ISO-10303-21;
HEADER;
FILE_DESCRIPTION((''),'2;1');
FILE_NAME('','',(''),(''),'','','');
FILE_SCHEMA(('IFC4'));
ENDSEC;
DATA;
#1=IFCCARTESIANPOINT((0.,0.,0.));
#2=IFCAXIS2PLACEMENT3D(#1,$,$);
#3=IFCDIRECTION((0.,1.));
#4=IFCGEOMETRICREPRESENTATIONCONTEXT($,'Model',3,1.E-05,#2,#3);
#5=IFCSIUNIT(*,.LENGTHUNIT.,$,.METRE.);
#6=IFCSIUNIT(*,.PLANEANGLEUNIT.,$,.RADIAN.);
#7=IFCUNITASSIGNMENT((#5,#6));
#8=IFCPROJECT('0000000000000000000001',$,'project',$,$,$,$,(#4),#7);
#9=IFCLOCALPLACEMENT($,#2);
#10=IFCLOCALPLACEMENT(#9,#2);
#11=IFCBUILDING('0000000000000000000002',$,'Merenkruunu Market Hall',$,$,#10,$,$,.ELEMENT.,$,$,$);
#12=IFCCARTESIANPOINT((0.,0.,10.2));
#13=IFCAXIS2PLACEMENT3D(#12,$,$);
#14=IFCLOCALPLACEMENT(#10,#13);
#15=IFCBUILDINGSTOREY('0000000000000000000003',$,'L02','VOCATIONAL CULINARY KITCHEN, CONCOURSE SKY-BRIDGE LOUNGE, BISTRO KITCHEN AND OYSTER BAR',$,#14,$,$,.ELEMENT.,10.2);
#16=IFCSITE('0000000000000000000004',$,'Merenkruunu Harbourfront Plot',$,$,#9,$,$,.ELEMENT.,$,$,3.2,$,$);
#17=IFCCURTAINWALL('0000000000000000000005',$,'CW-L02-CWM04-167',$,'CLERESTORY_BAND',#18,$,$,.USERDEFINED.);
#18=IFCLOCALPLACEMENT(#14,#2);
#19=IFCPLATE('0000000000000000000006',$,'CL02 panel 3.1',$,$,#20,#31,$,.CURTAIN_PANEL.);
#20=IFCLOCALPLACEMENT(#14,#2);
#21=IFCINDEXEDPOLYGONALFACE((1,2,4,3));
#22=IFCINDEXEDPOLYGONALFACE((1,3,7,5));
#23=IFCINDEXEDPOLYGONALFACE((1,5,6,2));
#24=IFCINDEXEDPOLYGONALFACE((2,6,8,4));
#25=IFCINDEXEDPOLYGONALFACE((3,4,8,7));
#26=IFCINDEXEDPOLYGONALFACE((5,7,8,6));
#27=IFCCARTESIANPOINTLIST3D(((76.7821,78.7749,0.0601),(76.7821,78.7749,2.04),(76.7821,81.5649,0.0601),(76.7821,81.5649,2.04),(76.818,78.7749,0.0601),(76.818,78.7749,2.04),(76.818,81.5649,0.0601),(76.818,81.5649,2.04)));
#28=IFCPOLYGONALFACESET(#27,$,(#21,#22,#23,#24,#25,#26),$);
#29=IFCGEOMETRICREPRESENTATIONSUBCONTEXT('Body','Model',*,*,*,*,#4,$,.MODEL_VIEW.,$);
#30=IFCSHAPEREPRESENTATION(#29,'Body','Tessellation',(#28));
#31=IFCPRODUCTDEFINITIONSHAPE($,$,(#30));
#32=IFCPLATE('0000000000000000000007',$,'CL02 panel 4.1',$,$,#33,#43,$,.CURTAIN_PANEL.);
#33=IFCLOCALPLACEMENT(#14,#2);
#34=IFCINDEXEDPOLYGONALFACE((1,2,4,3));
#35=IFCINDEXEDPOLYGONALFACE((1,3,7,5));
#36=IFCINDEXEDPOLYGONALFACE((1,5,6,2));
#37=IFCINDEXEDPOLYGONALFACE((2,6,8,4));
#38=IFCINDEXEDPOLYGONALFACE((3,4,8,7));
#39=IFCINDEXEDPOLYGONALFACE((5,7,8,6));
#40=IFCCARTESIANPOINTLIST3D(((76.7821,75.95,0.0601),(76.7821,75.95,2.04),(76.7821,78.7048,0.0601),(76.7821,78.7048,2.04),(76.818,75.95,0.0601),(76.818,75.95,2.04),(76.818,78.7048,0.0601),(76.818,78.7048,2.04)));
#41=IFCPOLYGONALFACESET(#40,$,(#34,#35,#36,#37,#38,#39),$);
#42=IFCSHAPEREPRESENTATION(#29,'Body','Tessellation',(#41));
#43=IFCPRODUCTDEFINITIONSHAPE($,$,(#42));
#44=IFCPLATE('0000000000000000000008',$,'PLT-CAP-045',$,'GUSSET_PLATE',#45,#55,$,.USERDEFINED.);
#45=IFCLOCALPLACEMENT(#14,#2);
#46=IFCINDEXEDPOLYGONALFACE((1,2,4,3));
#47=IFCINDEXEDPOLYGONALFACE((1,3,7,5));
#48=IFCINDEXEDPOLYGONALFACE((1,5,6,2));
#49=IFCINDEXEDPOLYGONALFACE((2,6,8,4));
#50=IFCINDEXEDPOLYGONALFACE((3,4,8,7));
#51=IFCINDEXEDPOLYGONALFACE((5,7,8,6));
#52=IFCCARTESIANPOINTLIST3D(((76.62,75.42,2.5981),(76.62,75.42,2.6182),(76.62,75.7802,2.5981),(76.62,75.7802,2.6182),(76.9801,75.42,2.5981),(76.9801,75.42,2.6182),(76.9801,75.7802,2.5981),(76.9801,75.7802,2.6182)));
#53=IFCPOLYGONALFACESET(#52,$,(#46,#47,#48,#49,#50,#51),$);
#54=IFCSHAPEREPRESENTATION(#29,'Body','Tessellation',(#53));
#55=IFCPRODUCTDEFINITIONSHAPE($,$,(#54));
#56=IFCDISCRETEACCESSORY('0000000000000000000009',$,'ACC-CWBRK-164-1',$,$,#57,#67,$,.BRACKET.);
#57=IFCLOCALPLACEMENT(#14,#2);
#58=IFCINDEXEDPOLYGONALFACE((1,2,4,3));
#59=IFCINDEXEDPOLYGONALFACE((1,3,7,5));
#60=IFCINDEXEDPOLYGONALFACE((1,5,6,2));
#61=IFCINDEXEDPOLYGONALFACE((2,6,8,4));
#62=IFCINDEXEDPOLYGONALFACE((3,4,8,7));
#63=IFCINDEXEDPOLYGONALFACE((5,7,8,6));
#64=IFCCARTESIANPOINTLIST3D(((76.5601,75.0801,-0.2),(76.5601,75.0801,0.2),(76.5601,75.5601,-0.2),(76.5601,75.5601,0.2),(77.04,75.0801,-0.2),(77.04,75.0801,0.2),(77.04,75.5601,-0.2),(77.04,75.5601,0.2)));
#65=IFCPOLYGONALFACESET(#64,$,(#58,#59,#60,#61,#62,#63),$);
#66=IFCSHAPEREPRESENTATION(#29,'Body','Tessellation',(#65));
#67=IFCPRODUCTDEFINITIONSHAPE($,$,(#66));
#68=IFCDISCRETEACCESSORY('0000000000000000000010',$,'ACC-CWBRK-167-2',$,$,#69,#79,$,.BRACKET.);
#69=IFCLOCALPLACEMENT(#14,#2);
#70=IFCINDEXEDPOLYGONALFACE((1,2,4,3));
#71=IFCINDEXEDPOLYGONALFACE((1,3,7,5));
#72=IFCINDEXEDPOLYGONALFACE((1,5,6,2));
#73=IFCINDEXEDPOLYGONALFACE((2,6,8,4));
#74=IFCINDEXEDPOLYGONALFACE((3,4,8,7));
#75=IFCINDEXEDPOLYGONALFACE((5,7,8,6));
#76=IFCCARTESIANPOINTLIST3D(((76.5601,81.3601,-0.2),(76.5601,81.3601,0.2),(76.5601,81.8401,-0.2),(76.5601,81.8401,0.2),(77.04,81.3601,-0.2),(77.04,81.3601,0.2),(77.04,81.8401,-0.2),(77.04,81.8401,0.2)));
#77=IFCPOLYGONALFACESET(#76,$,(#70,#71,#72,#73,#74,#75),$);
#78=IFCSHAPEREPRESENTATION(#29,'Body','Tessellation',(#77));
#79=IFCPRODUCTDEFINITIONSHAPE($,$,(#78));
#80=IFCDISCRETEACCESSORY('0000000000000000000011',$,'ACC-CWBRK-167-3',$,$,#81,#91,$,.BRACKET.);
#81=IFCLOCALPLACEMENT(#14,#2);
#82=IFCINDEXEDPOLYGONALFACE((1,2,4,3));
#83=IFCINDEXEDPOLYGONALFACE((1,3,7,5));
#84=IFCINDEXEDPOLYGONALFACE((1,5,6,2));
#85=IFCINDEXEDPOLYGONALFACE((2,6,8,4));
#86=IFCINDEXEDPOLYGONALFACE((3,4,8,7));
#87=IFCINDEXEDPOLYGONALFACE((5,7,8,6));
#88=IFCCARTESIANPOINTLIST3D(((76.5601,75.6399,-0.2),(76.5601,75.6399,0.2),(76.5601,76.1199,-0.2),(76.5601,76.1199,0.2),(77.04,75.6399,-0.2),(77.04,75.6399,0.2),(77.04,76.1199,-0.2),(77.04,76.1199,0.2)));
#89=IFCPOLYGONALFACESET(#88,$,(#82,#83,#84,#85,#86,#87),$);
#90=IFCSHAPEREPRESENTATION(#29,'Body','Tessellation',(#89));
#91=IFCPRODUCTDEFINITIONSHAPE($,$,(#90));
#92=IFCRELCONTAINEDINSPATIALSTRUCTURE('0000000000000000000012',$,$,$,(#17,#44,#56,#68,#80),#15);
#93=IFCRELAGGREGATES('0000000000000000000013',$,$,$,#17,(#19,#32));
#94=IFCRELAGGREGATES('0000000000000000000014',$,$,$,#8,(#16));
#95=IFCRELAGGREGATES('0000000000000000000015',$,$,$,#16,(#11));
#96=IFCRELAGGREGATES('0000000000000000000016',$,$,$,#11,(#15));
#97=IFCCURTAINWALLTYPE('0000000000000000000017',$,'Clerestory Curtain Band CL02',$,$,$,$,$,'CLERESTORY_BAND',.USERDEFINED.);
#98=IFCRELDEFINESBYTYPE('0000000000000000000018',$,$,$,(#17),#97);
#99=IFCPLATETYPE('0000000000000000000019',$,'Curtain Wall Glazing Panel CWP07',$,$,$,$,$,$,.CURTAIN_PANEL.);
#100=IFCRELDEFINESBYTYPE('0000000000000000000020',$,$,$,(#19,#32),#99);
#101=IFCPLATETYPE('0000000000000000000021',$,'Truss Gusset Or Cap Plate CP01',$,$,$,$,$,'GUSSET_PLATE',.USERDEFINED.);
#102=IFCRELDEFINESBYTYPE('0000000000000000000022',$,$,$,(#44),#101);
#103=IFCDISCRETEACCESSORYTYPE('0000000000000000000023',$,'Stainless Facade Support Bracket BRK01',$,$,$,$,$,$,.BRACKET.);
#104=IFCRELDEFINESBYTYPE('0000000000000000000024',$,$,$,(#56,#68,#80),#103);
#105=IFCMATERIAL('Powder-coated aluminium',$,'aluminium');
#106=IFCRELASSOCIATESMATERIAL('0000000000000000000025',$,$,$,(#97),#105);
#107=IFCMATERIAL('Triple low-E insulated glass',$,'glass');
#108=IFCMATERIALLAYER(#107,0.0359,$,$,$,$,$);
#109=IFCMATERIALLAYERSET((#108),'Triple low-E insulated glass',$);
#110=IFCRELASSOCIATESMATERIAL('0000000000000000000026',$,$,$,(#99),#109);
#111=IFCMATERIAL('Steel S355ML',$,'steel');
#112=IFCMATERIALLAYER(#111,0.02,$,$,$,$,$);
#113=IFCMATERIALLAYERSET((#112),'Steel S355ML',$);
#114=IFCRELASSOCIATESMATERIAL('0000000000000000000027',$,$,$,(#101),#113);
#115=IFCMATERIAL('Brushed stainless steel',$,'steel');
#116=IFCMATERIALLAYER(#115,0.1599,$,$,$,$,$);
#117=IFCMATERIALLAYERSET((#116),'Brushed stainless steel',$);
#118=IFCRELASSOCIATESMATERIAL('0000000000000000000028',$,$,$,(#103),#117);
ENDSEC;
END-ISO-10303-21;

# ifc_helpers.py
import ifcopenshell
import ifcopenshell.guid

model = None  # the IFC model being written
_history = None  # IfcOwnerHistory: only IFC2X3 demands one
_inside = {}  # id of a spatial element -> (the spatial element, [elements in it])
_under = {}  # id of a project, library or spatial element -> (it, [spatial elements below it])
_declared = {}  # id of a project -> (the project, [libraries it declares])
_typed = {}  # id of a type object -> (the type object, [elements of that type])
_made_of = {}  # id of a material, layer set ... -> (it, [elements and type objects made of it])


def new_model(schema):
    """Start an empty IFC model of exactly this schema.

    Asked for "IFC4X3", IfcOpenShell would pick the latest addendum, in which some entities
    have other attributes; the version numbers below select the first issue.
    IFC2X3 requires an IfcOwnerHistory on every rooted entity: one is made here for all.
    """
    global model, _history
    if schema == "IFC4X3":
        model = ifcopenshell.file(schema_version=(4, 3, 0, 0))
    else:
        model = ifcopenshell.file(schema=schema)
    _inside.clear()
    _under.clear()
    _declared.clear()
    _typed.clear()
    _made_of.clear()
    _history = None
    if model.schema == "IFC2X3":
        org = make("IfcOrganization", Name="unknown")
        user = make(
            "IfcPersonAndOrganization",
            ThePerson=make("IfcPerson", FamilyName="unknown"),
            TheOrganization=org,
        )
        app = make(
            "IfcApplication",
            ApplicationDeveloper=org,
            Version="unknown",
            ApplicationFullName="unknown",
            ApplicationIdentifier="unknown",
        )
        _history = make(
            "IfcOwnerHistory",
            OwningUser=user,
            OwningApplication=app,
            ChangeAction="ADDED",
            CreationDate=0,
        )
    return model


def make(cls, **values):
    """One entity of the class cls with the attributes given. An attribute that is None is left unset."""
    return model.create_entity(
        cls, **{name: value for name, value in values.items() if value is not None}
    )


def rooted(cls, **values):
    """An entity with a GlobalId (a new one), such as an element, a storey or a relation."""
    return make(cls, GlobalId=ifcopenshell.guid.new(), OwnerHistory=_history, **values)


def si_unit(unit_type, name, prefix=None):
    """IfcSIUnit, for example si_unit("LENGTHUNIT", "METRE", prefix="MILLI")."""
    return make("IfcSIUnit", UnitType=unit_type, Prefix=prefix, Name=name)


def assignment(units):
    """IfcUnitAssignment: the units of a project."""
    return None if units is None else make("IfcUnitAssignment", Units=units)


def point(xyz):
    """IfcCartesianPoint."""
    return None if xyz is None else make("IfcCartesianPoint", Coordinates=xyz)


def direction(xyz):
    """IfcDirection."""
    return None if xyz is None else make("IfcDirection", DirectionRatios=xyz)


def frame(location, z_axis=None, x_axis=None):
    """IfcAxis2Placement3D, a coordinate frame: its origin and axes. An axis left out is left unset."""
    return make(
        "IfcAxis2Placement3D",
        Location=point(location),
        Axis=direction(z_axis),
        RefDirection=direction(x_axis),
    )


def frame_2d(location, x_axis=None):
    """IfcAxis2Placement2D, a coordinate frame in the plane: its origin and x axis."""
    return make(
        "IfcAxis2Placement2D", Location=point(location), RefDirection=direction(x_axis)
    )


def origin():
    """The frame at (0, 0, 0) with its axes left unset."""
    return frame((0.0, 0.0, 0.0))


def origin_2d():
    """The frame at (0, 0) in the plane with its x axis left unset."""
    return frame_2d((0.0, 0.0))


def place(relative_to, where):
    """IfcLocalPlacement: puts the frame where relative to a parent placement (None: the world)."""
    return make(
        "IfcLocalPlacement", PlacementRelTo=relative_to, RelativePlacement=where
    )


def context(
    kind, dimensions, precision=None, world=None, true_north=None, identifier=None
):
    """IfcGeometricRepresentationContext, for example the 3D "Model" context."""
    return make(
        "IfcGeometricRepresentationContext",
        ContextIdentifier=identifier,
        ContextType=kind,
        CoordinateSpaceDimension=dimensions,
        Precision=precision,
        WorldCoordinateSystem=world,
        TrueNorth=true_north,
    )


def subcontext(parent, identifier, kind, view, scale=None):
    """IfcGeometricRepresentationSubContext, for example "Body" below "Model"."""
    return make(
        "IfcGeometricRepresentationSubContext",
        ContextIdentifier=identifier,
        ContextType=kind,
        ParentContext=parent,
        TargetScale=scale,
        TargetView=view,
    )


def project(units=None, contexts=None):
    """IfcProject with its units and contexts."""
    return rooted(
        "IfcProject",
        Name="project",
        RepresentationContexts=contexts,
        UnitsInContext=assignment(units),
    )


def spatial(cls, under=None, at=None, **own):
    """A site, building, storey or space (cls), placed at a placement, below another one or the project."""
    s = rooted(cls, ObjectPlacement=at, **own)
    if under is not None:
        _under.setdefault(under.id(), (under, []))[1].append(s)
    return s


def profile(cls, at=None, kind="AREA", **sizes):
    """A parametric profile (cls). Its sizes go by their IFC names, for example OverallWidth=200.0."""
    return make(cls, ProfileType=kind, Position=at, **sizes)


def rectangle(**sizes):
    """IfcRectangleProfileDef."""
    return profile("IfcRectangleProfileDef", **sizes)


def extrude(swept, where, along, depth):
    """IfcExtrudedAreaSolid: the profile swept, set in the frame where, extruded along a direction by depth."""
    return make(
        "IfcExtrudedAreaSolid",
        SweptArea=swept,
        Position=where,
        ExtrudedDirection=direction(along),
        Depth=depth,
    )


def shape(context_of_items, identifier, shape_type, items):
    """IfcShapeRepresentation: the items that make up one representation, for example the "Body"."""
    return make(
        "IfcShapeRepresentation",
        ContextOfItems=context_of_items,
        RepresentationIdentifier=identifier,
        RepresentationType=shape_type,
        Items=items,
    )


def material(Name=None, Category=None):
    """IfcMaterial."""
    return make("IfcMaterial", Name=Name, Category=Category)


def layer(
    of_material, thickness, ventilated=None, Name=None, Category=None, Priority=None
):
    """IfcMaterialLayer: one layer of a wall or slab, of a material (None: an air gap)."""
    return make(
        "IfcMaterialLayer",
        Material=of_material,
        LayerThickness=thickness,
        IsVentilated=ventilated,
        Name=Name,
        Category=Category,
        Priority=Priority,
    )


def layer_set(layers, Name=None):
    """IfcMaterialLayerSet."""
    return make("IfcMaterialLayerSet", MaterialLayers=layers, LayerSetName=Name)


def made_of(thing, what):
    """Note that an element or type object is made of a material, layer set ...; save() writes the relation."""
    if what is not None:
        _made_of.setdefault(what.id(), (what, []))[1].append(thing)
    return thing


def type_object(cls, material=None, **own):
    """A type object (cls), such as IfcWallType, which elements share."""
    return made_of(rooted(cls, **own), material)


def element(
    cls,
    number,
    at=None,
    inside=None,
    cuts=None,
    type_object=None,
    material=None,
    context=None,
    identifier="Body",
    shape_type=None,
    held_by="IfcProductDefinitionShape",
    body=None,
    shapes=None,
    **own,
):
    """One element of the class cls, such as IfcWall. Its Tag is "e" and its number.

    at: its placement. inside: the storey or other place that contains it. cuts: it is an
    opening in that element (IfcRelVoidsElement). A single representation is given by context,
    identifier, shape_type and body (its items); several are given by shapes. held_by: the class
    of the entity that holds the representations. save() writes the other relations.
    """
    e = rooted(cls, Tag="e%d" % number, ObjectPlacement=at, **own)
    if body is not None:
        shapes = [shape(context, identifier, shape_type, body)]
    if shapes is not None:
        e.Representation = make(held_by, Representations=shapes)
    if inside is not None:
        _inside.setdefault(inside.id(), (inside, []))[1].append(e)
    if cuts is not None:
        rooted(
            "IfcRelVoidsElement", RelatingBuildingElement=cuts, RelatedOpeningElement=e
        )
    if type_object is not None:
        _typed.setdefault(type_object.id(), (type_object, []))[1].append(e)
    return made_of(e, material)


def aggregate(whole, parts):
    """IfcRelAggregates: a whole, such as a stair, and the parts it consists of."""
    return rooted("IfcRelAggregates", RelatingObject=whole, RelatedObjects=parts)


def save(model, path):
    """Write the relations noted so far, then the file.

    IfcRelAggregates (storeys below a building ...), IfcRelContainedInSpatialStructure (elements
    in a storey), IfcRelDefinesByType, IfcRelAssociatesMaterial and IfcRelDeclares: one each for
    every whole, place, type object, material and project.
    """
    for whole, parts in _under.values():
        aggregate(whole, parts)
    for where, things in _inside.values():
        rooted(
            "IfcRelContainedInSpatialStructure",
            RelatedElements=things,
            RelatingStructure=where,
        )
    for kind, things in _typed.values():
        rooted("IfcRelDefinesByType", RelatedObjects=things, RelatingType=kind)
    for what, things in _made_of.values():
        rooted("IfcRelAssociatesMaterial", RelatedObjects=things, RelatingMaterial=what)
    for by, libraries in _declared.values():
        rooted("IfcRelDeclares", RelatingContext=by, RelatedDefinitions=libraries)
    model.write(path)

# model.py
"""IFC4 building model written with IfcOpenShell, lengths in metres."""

from ifc_helpers import new_model, si_unit, direction, frame, origin, origin_2d, place, context, subcontext, project, spatial, rectangle, extrude, material, layer, layer_set, type_object, element, aggregate, save


model = new_model("IFC4")

# Units and contexts
model_context = context("Model", 3, precision=1e-05, world=origin(), true_north=direction((0.0, 1.0)))
body_context = subcontext(model_context, "Body", "Model", "MODEL_VIEW")
ifc_project = project(units=[si_unit("LENGTHUNIT", "METRE"), si_unit("PLANEANGLEUNIT", "RADIAN")], contexts=[model_context])

# Site, building, storey
site_placement = place(None, origin())
site = spatial("IfcSite", under=ifc_project, at=site_placement, Name="Merenkruunu Harbourfront Plot", CompositionType="ELEMENT", RefElevation=3.2)
building_placement = place(site_placement, origin())
building = spatial("IfcBuilding", under=site, at=building_placement, Name="Merenkruunu Market Hall", CompositionType="ELEMENT")
storey_placement = place(building_placement, frame((0.0, 0.0, 10.2)))
storey = spatial("IfcBuildingStorey", under=building, at=storey_placement, Name="L02", Description="VOCATIONAL CULINARY KITCHEN, CONCOURSE SKY-BRIDGE LOUNGE, BISTRO KITCHEN AND OYSTER BAR", CompositionType="ELEMENT", Elevation=10.2)

# Shared definitions
ifc_material_1 = material(Name="Steel S355ML", Category="steel")

# Curtain wall
ifc_material_2 = material(Name="Powder-coated aluminium", Category="aluminium")
curtain_wall_type = type_object("IfcCurtainWallType", Name="Clerestory Curtain Band CL02", ElementType="CLERESTORY_BAND", PredefinedType="USERDEFINED", material=ifc_material_2)
curtain_wall_1_placement = place(storey_placement, origin())
curtain_wall_1 = element("IfcCurtainWall", 1, at=curtain_wall_1_placement, inside=storey, type_object=curtain_wall_type, Name="CW-L02-CWM04-167", ObjectType="CLERESTORY_BAND", PredefinedType="USERDEFINED")

# Plates
ifc_material_3 = material(Name="Triple low-E insulated glass", Category="glass")
ifc_layer_1 = layer(ifc_material_3, 0.0359)
ifc_layer_set_1 = layer_set([ifc_layer_1], Name="Triple low-E insulated glass")
plate_type_1 = type_object("IfcPlateType", Name="Curtain Wall Glazing Panel CWP07", PredefinedType="CURTAIN_PANEL", material=ifc_layer_set_1)
plate_1_placement = place(storey_placement, frame((76.8, 80.1699, 0.0601), z_axis=(0.0, 0.0, 1.0), x_axis=(0.0, -1.0, 0.0)))
plate_1 = element("IfcPlate", 2, at=plate_1_placement, type_object=plate_type_1, Name="CL02 panel 3.1", PredefinedType="CURTAIN_PANEL", context=body_context, shape_type="SweptSolid", body=[
    extrude(rectangle(XDim=2.79, YDim=0.0359, at=origin_2d()), origin(), (0.0, 0.0, 1.0), 1.98),
])
plate_2_placement = place(storey_placement, frame((76.8, 77.3274, 0.0601), z_axis=(0.0, 0.0, 1.0), x_axis=(0.0, -1.0, 0.0)))
plate_2 = element("IfcPlate", 3, at=plate_2_placement, type_object=plate_type_1, Name="CL02 panel 4.1", PredefinedType="CURTAIN_PANEL", context=body_context, shape_type="SweptSolid", body=[
    extrude(rectangle(XDim=2.7549, YDim=0.0359, at=origin_2d()), origin(), (0.0, 0.0, 1.0), 1.98),
])
aggregate(curtain_wall_1, [plate_1, plate_2])
ifc_layer_2 = layer(ifc_material_1, 0.02)
ifc_layer_set_2 = layer_set([ifc_layer_2], Name="Steel S355ML")
plate_type_2 = type_object("IfcPlateType", Name="Truss Gusset Or Cap Plate CP01", ElementType="GUSSET_PLATE", PredefinedType="USERDEFINED", material=ifc_layer_set_2)
plate_3_placement = place(storey_placement, frame((76.8, 75.6001, 2.5981), z_axis=(0.0, 0.0, 1.0), x_axis=(1.0, 0.0, 0.0)))
element("IfcPlate", 4, at=plate_3_placement, inside=storey, type_object=plate_type_2, Name="PLT-CAP-045", ObjectType="GUSSET_PLATE", PredefinedType="USERDEFINED", context=body_context, shape_type="SweptSolid", body=[
    extrude(rectangle(XDim=0.3601, YDim=0.3601, at=origin_2d()), origin(), (0.0, 0.0, 1.0), 0.02),
])

# Discrete accessories
ifc_material_4 = material(Name="Brushed stainless steel", Category="steel")
ifc_layer_3 = layer(ifc_material_4, 0.1599)
ifc_layer_set_3 = layer_set([ifc_layer_3], Name="Brushed stainless steel")
discrete_accessory_type = type_object("IfcDiscreteAccessoryType", Name="Stainless Facade Support Bracket BRK01", PredefinedType="BRACKET", material=ifc_layer_set_3)
for number, where, z_axis, x_axis, name in (
    (5, (76.8, 75.3201, -0.2), (0.0, 0.0, 1.0), (1.0, 0.0, 0.0), "ACC-CWBRK-164-1"),
    (6, (76.8, 81.6001, -0.2), (0.0, 0.0, 1.0), (1.0, 0.0, 0.0), "ACC-CWBRK-167-2"),
    (7, (76.8, 75.8799, -0.2), (0.0, 0.0, 1.0), (1.0, 0.0, 0.0), "ACC-CWBRK-167-3"),
):
    element("IfcDiscreteAccessory", number, at=place(storey_placement, frame(where, z_axis=z_axis, x_axis=x_axis)), inside=storey, type_object=discrete_accessory_type, Name=name, PredefinedType="BRACKET", context=body_context, shape_type="SweptSolid", body=[
        extrude(rectangle(XDim=0.48, YDim=0.48, at=origin_2d()), origin(), (0.0, 0.0, 1.0), 0.3999),
    ])

save(model, "model.ifc")
